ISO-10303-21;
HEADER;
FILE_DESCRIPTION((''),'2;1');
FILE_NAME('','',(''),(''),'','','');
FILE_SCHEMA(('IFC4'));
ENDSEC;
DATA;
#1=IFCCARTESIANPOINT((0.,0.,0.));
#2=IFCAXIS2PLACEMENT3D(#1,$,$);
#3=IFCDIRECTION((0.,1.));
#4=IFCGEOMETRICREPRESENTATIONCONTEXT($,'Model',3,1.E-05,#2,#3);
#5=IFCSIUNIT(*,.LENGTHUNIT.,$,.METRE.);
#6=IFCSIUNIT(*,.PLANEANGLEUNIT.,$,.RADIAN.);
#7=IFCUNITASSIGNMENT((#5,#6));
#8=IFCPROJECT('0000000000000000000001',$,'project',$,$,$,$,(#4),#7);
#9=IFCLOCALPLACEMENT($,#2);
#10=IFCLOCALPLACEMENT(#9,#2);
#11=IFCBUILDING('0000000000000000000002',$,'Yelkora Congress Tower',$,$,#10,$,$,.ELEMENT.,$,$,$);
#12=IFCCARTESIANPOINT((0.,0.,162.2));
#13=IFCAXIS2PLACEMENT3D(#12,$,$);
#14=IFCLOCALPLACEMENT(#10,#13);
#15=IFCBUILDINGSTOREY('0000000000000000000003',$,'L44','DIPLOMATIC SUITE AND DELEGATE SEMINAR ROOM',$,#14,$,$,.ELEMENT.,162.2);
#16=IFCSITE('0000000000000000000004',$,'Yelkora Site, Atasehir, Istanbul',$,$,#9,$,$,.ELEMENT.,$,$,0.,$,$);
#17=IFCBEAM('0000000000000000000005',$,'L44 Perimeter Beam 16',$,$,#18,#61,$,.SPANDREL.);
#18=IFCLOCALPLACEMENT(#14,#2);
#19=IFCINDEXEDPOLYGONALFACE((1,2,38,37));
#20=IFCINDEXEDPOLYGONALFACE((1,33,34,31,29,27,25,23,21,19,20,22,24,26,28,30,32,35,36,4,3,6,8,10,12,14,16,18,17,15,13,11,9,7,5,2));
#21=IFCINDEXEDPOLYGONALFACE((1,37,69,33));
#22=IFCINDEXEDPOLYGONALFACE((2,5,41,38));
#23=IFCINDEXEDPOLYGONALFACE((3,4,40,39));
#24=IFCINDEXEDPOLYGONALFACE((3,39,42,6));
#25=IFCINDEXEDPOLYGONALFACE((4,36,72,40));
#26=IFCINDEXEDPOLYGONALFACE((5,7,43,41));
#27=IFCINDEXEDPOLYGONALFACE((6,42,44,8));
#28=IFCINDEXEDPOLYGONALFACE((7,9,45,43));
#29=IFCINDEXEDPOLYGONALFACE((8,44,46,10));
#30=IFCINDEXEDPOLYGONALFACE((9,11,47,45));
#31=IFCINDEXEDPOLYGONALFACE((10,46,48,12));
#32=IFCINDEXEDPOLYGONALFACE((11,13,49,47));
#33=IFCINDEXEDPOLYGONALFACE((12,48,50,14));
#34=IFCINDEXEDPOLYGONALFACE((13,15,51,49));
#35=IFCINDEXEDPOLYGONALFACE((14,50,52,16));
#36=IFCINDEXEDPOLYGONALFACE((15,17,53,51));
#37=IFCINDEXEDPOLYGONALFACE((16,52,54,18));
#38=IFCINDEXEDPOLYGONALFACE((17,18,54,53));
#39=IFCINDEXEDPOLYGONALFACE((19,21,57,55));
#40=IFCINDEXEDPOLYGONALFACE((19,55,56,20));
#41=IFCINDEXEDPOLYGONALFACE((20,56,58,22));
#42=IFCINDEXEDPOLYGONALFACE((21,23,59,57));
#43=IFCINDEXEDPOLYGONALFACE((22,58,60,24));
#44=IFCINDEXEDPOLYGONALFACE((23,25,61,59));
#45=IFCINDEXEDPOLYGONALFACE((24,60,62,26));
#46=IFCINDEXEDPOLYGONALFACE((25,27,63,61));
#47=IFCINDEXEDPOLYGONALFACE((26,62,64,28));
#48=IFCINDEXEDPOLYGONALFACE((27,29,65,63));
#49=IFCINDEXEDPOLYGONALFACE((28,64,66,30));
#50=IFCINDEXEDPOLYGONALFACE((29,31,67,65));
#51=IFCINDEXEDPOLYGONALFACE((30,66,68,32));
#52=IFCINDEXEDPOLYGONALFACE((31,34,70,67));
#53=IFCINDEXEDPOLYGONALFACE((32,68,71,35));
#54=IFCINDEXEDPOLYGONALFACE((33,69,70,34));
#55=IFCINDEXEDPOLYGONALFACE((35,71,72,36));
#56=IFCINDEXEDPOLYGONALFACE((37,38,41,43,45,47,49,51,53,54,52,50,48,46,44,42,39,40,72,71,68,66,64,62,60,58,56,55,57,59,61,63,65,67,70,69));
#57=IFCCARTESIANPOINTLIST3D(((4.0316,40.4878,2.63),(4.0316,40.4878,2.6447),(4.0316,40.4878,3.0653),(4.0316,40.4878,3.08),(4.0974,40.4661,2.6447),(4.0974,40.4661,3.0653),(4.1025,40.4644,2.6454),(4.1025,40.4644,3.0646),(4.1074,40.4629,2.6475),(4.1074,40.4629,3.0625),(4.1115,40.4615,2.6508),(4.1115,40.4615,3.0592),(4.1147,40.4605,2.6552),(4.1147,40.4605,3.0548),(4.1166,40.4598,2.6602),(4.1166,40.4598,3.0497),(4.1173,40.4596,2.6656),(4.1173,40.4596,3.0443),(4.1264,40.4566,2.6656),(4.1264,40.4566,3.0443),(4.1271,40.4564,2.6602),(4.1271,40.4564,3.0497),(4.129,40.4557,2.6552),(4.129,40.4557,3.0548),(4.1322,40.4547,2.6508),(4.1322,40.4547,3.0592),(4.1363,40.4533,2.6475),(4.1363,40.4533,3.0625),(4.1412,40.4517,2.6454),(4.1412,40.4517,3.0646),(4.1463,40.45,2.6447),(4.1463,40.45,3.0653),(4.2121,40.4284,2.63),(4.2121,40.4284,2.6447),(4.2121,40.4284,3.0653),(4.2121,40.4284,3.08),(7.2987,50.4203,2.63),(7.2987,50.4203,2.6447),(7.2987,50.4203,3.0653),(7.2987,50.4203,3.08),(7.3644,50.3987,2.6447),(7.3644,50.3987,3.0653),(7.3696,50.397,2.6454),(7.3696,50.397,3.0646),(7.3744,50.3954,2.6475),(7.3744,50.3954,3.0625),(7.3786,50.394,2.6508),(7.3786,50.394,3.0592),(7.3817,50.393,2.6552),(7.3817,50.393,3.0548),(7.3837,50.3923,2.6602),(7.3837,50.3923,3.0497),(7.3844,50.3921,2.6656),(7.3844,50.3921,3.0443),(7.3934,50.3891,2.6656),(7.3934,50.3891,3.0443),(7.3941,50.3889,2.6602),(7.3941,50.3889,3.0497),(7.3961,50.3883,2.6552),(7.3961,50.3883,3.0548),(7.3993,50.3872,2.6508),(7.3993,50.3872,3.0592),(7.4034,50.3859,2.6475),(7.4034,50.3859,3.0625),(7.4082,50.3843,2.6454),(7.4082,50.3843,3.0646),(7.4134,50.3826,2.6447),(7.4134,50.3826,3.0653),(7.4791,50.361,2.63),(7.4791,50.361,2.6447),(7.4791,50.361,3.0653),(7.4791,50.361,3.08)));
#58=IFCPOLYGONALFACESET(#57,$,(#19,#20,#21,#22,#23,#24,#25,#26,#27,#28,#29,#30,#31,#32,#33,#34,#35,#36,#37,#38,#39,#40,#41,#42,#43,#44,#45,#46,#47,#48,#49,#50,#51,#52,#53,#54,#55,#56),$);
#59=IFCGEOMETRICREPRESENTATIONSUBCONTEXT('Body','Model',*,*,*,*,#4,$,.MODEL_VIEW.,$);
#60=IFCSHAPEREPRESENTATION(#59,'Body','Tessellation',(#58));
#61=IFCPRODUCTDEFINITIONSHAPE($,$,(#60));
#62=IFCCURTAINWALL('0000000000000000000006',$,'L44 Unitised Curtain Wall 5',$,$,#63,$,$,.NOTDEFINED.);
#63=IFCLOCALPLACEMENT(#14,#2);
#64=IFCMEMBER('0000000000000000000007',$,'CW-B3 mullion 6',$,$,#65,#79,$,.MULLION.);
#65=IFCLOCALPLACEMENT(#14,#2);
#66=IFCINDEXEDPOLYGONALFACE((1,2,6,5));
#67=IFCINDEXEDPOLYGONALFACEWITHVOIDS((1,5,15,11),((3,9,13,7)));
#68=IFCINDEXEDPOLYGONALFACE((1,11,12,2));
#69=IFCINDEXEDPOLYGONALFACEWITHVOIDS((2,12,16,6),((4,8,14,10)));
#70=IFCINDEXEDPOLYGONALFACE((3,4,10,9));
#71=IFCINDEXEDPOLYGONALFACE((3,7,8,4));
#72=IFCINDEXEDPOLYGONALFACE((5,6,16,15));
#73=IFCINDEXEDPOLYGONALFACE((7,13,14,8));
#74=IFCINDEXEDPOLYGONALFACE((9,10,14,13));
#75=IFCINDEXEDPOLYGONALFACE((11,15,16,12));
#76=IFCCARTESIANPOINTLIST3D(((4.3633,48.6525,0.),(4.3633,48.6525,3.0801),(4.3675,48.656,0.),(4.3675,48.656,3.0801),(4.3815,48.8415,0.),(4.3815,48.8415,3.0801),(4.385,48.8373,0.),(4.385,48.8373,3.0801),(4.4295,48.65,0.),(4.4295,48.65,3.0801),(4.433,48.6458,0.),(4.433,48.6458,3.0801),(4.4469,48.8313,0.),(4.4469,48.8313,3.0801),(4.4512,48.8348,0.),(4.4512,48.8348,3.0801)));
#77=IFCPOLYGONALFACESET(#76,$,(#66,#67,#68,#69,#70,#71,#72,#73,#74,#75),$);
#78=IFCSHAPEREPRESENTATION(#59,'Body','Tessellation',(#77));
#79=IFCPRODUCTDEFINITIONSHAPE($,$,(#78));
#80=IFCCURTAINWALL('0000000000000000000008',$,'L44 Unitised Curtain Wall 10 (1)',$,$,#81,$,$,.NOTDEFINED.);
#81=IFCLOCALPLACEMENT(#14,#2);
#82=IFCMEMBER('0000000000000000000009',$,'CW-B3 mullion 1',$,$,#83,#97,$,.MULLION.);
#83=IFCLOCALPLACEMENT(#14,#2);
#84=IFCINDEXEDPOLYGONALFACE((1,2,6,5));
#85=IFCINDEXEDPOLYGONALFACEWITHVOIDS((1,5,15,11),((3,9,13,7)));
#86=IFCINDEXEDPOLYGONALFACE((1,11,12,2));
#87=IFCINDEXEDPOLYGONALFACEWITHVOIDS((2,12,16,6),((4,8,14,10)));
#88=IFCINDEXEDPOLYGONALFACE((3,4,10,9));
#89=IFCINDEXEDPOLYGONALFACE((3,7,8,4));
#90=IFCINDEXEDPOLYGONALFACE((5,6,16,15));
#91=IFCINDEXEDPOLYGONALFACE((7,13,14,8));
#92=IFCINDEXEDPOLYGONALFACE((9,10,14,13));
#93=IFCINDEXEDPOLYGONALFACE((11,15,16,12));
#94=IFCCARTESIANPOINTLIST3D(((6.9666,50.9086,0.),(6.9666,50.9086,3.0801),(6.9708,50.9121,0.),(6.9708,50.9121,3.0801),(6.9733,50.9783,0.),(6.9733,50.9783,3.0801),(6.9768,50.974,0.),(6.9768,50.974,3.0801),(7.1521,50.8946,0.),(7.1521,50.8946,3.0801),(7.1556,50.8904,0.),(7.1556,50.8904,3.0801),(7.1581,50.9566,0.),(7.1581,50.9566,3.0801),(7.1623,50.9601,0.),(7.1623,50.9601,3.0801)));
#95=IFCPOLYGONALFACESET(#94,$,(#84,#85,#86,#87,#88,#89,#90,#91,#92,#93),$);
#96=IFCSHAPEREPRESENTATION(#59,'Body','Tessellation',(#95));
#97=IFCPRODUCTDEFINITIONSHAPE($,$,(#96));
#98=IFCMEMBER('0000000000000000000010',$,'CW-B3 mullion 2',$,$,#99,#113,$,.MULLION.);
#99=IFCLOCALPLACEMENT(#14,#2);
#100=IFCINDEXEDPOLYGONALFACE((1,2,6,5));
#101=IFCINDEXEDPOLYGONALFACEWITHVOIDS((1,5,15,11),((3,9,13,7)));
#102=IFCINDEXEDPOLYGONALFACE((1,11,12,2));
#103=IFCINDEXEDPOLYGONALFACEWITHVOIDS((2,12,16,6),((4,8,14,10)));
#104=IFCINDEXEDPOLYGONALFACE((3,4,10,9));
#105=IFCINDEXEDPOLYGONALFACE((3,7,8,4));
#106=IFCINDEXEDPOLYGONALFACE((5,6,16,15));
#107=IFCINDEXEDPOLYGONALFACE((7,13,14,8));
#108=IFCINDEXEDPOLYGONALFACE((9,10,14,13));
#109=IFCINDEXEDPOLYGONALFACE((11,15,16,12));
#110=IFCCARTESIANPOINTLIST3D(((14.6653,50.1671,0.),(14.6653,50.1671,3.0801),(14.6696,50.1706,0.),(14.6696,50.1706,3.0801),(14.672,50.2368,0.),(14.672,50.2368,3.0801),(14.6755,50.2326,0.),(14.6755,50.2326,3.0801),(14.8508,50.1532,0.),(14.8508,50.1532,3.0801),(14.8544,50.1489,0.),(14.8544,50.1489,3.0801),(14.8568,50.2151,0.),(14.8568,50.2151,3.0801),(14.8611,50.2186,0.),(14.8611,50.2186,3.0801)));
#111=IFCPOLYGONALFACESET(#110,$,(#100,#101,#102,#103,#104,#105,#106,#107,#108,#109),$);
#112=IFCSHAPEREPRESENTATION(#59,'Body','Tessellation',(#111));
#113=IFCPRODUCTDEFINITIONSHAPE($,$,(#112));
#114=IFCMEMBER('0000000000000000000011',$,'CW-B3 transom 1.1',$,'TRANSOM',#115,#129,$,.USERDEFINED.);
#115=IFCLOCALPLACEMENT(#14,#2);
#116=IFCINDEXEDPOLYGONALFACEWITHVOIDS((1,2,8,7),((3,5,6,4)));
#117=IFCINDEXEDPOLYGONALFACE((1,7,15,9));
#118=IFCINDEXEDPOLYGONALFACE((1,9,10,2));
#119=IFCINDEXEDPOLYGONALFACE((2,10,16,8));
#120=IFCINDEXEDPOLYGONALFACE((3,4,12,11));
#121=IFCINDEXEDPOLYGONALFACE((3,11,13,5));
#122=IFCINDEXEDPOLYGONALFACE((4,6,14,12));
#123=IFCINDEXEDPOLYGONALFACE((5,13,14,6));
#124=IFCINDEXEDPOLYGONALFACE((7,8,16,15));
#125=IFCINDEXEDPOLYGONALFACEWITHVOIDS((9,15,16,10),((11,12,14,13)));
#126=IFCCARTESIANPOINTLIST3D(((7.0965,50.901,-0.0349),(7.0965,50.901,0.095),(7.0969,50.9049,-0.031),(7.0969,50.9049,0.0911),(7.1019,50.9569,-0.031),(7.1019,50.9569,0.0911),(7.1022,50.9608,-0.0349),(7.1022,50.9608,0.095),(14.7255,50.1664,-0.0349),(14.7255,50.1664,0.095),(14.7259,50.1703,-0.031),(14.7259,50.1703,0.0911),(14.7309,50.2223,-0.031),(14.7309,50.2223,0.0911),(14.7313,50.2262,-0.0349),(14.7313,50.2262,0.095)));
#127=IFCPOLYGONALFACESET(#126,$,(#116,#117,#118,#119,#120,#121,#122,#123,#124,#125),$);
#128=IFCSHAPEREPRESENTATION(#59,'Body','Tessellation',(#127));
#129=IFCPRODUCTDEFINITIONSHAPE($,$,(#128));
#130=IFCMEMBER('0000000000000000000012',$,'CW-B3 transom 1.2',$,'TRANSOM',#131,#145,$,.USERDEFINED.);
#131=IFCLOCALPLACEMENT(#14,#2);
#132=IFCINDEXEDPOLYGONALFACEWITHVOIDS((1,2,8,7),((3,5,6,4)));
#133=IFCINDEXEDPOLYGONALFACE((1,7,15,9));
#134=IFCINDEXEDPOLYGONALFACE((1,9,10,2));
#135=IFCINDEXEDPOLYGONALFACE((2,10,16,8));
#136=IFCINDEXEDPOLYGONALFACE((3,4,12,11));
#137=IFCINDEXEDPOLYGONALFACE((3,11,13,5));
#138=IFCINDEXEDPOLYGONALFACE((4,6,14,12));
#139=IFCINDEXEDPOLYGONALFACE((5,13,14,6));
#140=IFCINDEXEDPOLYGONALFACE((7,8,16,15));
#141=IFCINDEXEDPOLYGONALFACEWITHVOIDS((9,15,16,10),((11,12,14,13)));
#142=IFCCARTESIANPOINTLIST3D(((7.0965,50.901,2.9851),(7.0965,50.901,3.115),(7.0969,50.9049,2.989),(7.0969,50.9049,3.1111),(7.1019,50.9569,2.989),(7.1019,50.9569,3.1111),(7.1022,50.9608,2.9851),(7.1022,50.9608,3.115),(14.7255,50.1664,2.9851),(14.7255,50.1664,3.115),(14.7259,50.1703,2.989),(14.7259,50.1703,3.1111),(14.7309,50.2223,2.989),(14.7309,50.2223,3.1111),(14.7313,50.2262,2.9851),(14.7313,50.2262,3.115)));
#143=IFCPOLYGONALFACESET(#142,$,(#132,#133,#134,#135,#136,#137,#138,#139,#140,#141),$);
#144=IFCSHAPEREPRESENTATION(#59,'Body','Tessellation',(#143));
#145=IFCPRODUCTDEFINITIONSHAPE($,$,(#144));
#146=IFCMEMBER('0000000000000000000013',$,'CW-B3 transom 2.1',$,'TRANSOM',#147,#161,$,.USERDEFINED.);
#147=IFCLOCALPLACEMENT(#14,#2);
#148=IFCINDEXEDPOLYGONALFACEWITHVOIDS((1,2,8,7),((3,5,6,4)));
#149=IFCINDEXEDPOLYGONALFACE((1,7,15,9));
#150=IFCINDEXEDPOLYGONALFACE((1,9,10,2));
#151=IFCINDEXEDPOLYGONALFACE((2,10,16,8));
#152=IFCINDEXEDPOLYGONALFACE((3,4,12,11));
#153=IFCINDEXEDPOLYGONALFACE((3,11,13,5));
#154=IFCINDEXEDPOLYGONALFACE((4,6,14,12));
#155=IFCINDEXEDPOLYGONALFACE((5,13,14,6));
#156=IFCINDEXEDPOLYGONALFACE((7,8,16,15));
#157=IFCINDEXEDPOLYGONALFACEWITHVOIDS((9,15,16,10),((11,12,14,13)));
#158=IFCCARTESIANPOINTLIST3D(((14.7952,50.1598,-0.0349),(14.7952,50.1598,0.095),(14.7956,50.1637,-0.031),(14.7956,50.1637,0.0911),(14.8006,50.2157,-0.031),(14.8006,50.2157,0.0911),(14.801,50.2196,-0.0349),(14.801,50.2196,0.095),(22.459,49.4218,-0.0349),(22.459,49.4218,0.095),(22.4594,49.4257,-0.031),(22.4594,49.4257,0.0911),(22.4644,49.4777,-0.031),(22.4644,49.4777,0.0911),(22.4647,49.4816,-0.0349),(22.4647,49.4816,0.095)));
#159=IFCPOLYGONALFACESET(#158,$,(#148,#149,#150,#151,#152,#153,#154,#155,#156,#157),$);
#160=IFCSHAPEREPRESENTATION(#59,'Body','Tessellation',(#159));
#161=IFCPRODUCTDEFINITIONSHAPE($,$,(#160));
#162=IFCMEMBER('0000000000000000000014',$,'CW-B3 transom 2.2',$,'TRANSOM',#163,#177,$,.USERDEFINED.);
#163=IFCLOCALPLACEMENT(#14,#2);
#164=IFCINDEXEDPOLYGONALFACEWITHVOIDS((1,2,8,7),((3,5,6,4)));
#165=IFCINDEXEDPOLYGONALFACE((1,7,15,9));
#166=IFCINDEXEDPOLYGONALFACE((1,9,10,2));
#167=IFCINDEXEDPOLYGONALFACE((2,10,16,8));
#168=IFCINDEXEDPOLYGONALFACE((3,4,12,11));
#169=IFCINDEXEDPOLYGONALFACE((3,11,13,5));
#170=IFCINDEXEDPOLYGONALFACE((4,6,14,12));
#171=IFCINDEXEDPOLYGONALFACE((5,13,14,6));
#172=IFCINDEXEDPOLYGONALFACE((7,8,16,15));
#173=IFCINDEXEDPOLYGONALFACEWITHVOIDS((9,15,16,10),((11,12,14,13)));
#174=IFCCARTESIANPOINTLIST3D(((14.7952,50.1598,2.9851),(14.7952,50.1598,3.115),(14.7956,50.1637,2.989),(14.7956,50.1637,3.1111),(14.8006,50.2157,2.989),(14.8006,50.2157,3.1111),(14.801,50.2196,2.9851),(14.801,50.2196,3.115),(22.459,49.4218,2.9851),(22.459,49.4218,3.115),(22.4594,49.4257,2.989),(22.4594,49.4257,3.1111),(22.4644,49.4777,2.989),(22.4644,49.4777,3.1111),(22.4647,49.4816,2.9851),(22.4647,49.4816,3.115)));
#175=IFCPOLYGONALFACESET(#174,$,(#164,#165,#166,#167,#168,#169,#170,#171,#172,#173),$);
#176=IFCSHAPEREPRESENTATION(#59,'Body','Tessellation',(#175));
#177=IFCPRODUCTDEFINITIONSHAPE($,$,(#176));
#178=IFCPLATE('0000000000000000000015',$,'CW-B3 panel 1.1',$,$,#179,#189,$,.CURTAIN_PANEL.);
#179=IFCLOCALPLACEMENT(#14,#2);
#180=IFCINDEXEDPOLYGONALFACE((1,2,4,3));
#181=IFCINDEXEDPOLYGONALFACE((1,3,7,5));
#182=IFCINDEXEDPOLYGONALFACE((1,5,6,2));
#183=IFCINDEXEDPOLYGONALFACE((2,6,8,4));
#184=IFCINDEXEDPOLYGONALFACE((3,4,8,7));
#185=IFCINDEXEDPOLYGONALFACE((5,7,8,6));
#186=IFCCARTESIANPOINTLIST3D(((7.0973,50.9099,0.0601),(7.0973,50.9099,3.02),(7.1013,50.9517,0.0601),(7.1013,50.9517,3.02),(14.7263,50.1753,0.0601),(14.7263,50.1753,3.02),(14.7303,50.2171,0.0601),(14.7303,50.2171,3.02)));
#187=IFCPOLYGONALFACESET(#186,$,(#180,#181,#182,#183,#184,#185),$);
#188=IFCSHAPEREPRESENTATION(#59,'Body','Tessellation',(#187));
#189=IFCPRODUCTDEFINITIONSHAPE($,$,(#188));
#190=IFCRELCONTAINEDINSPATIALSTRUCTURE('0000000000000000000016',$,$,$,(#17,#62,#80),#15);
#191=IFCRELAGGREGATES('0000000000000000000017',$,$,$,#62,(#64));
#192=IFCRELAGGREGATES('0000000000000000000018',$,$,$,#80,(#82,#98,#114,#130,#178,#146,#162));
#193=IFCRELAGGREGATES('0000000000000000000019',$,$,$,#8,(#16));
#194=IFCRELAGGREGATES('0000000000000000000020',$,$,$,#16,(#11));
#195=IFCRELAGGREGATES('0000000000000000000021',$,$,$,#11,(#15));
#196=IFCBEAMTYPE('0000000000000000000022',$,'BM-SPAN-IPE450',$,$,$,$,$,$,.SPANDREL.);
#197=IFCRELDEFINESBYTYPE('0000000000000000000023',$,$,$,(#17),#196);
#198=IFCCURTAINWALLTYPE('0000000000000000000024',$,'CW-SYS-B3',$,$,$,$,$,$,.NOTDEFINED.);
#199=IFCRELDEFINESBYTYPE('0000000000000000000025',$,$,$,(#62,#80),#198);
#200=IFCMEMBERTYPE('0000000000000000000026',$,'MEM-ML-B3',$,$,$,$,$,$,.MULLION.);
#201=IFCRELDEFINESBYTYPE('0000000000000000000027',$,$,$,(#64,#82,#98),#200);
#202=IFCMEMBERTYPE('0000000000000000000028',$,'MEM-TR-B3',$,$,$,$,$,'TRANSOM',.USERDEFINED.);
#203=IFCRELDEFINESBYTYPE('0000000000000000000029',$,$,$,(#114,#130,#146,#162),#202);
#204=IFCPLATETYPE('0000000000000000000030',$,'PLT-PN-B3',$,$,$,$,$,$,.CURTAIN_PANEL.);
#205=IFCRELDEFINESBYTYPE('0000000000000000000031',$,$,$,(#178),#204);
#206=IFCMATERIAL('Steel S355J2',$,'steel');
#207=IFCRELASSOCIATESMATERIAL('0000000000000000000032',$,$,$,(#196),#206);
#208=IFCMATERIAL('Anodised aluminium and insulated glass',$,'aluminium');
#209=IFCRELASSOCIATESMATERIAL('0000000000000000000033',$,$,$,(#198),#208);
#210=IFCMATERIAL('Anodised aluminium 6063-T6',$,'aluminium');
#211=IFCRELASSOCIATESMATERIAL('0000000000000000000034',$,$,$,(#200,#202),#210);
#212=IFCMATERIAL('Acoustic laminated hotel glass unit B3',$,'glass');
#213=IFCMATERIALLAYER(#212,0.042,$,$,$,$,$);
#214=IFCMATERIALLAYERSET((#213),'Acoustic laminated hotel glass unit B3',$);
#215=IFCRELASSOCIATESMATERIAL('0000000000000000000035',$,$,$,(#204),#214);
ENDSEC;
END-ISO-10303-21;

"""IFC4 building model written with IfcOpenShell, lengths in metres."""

from ifc_helpers import new_model, si_unit, direction, frame, origin, origin_2d, place, context, subcontext, project, spatial, rectangle, hollow_rectangle, i_section, extrude, material, layer, layer_set, material_profile, profile_set, type_object, element, aggregate, save


model = new_model("IFC4")

# Units and contexts
model_context = context("Model", 3, precision=1e-05, world=origin(), true_north=direction((0.0, 1.0)))
body_context = subcontext(model_context, "Body", "Model", "MODEL_VIEW")
ifc_project = project(units=[si_unit("LENGTHUNIT", "METRE"), si_unit("PLANEANGLEUNIT", "RADIAN")], contexts=[model_context])

# Site, building, storey
site_placement = place(None, origin())
site = spatial("IfcSite", under=ifc_project, at=site_placement, Name="Yelkora Site, Atasehir, Istanbul", CompositionType="ELEMENT", RefElevation=0.0)
building_placement = place(site_placement, origin())
building = spatial("IfcBuilding", under=site, at=building_placement, Name="Yelkora Congress Tower", CompositionType="ELEMENT")
storey_placement = place(building_placement, frame((0.0, 0.0, 162.2)))
storey = spatial("IfcBuildingStorey", under=building, at=storey_placement, Name="L44", Description="DIPLOMATIC SUITE AND DELEGATE SEMINAR ROOM", CompositionType="ELEMENT", Elevation=162.2)

# Beam
ifc_material_1 = material(Name="Steel S355J2", Category="steel")
ifc_material_profile_1 = material_profile(ifc_material_1, i_section(OverallWidth=0.1899, OverallDepth=0.45, WebThickness=0.0095, FlangeThickness=0.0146, FilletRadius=0.021, at=origin_2d()), Name="IPE 450")
ifc_profile_set_1 = profile_set([ifc_material_profile_1], Name="Steel S355J2")
beam_type_1 = type_object("IfcBeamType", Name="BM-SPAN-IPE450", PredefinedType="SPANDREL", material=ifc_profile_set_1)
beam_1_placement = place(storey_placement, frame((7.3889, 50.3906, 2.855), z_axis=(-0.312457, -0.949932, 0.0), x_axis=(0.949932, -0.312457, 0.0)))
element("IfcBeam", 1, at=beam_1_placement, inside=storey, type_object=beam_type_1, Name="L44 Perimeter Beam 16", PredefinedType="SPANDREL", context=body_context, shape_type="SweptSolid", body=[
    extrude(i_section(OverallWidth=0.1899, OverallDepth=0.45, WebThickness=0.0095, FlangeThickness=0.0146, FilletRadius=0.021, at=origin_2d()), origin(), (0.0, 0.0, 1.0), 10.4561),
])

# Curtain wall, member
ifc_material_2 = material(Name="Anodised aluminium and insulated glass", Category="aluminium")
curtain_wall_type = type_object("IfcCurtainWallType", Name="CW-SYS-B3", PredefinedType="NOTDEFINED", material=ifc_material_2)
curtain_wall_1_placement = place(storey_placement, origin())
curtain_wall_1 = element("IfcCurtainWall", 2, at=curtain_wall_1_placement, inside=storey, type_object=curtain_wall_type, Name="L44 Unitised Curtain Wall 5", PredefinedType="NOTDEFINED")
ifc_material_3 = material(Name="Anodised aluminium 6063-T6", Category="aluminium")
ifc_material_profile_2 = material_profile(ifc_material_3, hollow_rectangle(XDim=0.0701, YDim=0.1899, WallThickness=0.0039, at=origin_2d()), Name="ALU 70x190x4")
ifc_profile_set_2 = profile_set([ifc_material_profile_2], Name="Anodised aluminium 6063-T6")
member_type_1 = type_object("IfcMemberType", Name="MEM-ML-B3", PredefinedType="MULLION", material=ifc_profile_set_2)
member_1_placement = place(storey_placement, frame((4.4072, 48.7437, 0.0), z_axis=(0.0, 0.0, 1.0), x_axis=(-0.995396, 0.095845, 0.0)))
member_1 = element("IfcMember", 3, at=member_1_placement, type_object=member_type_1, Name="CW-B3 mullion 6", PredefinedType="MULLION", context=body_context, shape_type="SweptSolid", body=[
    extrude(hollow_rectangle(XDim=0.0701, YDim=0.1899, WallThickness=0.0039, at=origin_2d()), origin(), (0.0, 0.0, 1.0), 3.0801),
])
aggregate(curtain_wall_1, [member_1])

# Curtain wall, members, plate
curtain_wall_2_placement = place(storey_placement, origin())
curtain_wall_2 = element("IfcCurtainWall", 4, at=curtain_wall_2_placement, inside=storey, type_object=curtain_wall_type, Name="L44 Unitised Curtain Wall 10 (1)", PredefinedType="NOTDEFINED")
member_2_placement = place(storey_placement, frame((7.0645, 50.9343, 0.0), z_axis=(0.0, 0.0, 1.0), x_axis=(0.095845, 0.995396, 0.0)))
member_2 = element("IfcMember", 5, at=member_2_placement, type_object=member_type_1, Name="CW-B3 mullion 1", PredefinedType="MULLION", context=body_context, shape_type="SweptSolid", body=[
    extrude(hollow_rectangle(XDim=0.0701, YDim=0.1899, WallThickness=0.0039, at=origin_2d()), origin(), (0.0, 0.0, 1.0), 3.0801),
])
member_3_placement = place(storey_placement, frame((14.7632, 50.1929, 0.0), z_axis=(0.0, 0.0, 1.0), x_axis=(0.095845, 0.995396, 0.0)))
member_3 = element("IfcMember", 6, at=member_3_placement, type_object=member_type_1, Name="CW-B3 mullion 2", PredefinedType="MULLION", context=body_context, shape_type="SweptSolid", body=[
    extrude(hollow_rectangle(XDim=0.0701, YDim=0.1899, WallThickness=0.0039, at=origin_2d()), origin(), (0.0, 0.0, 1.0), 3.0801),
])
ifc_material_profile_3 = material_profile(ifc_material_3, hollow_rectangle(XDim=0.0601, YDim=0.1299, WallThickness=0.0039, at=origin_2d()), Name="ALU 60x130x4")
ifc_profile_set_3 = profile_set([ifc_material_profile_3], Name="Anodised aluminium 6063-T6")
member_type_2 = type_object("IfcMemberType", Name="MEM-TR-B3", ElementType="TRANSOM", PredefinedType="USERDEFINED", material=ifc_profile_set_3)
member_4_placement = place(storey_placement, frame((7.0994, 50.9309, 0.03), z_axis=(0.995396, -0.095851, 0.0), x_axis=(0.095851, 0.995396, 0.0)))
member_4 = element("IfcMember", 7, at=member_4_placement, type_object=member_type_2, Name="CW-B3 transom 1.1", ObjectType="TRANSOM", PredefinedType="USERDEFINED", context=body_context, shape_type="SweptSolid", body=[
    extrude(hollow_rectangle(XDim=0.0601, YDim=0.1299, WallThickness=0.0039, at=origin_2d()), origin(), (0.0, 0.0, 1.0), 7.6643),
])
member_5_placement = place(storey_placement, frame((7.0994, 50.9309, 3.05), z_axis=(0.995396, -0.095851, 0.0), x_axis=(0.095851, 0.995396, 0.0)))
member_5 = element("IfcMember", 8, at=member_5_placement, type_object=member_type_2, Name="CW-B3 transom 1.2", ObjectType="TRANSOM", PredefinedType="USERDEFINED", context=body_context, shape_type="SweptSolid", body=[
    extrude(hollow_rectangle(XDim=0.0601, YDim=0.1299, WallThickness=0.0039, at=origin_2d()), origin(), (0.0, 0.0, 1.0), 7.6643),
])
member_6_placement = place(storey_placement, frame((14.7981, 50.1897, 0.03), z_axis=(0.995395, -0.095858, 0.0), x_axis=(0.095858, 0.995395, 0.0)))
member_6 = element("IfcMember", 9, at=member_6_placement, type_object=member_type_2, Name="CW-B3 transom 2.1", ObjectType="TRANSOM", PredefinedType="USERDEFINED", context=body_context, shape_type="SweptSolid", body=[
    extrude(hollow_rectangle(XDim=0.0601, YDim=0.1299, WallThickness=0.0039, at=origin_2d()), origin(), (0.0, 0.0, 1.0), 7.6992),
])
member_7_placement = place(storey_placement, frame((14.7981, 50.1897, 3.05), z_axis=(0.995395, -0.095858, 0.0), x_axis=(0.095858, 0.995395, 0.0)))
member_7 = element("IfcMember", 10, at=member_7_placement, type_object=member_type_2, Name="CW-B3 transom 2.2", ObjectType="TRANSOM", PredefinedType="USERDEFINED", context=body_context, shape_type="SweptSolid", body=[
    extrude(hollow_rectangle(XDim=0.0601, YDim=0.1299, WallThickness=0.0039, at=origin_2d()), origin(), (0.0, 0.0, 1.0), 7.6992),
])
ifc_material_4 = material(Name="Acoustic laminated hotel glass unit B3", Category="glass")
ifc_layer_1 = layer(ifc_material_4, 0.042)
ifc_layer_set_1 = layer_set([ifc_layer_1], Name="Acoustic laminated hotel glass unit B3")
plate_type = type_object("IfcPlateType", Name="PLT-PN-B3", PredefinedType="CURTAIN_PANEL", material=ifc_layer_set_1)
plate_1_placement = place(storey_placement, frame((10.9138, 50.5635, 0.0601), z_axis=(0.0, 0.0, 1.0), x_axis=(0.995396, -0.095845, 0.0)))
plate_1 = element("IfcPlate", 11, at=plate_1_placement, type_object=plate_type, Name="CW-B3 panel 1.1", PredefinedType="CURTAIN_PANEL", context=body_context, shape_type="SweptSolid", body=[
    extrude(rectangle(XDim=7.6643, YDim=0.042, at=origin_2d()), origin(), (0.0, 0.0, 1.0), 2.96),
])
aggregate(curtain_wall_2, [member_2, member_3, member_4, member_5, plate_1, member_6, member_7])

save(model, "model.ifc")
